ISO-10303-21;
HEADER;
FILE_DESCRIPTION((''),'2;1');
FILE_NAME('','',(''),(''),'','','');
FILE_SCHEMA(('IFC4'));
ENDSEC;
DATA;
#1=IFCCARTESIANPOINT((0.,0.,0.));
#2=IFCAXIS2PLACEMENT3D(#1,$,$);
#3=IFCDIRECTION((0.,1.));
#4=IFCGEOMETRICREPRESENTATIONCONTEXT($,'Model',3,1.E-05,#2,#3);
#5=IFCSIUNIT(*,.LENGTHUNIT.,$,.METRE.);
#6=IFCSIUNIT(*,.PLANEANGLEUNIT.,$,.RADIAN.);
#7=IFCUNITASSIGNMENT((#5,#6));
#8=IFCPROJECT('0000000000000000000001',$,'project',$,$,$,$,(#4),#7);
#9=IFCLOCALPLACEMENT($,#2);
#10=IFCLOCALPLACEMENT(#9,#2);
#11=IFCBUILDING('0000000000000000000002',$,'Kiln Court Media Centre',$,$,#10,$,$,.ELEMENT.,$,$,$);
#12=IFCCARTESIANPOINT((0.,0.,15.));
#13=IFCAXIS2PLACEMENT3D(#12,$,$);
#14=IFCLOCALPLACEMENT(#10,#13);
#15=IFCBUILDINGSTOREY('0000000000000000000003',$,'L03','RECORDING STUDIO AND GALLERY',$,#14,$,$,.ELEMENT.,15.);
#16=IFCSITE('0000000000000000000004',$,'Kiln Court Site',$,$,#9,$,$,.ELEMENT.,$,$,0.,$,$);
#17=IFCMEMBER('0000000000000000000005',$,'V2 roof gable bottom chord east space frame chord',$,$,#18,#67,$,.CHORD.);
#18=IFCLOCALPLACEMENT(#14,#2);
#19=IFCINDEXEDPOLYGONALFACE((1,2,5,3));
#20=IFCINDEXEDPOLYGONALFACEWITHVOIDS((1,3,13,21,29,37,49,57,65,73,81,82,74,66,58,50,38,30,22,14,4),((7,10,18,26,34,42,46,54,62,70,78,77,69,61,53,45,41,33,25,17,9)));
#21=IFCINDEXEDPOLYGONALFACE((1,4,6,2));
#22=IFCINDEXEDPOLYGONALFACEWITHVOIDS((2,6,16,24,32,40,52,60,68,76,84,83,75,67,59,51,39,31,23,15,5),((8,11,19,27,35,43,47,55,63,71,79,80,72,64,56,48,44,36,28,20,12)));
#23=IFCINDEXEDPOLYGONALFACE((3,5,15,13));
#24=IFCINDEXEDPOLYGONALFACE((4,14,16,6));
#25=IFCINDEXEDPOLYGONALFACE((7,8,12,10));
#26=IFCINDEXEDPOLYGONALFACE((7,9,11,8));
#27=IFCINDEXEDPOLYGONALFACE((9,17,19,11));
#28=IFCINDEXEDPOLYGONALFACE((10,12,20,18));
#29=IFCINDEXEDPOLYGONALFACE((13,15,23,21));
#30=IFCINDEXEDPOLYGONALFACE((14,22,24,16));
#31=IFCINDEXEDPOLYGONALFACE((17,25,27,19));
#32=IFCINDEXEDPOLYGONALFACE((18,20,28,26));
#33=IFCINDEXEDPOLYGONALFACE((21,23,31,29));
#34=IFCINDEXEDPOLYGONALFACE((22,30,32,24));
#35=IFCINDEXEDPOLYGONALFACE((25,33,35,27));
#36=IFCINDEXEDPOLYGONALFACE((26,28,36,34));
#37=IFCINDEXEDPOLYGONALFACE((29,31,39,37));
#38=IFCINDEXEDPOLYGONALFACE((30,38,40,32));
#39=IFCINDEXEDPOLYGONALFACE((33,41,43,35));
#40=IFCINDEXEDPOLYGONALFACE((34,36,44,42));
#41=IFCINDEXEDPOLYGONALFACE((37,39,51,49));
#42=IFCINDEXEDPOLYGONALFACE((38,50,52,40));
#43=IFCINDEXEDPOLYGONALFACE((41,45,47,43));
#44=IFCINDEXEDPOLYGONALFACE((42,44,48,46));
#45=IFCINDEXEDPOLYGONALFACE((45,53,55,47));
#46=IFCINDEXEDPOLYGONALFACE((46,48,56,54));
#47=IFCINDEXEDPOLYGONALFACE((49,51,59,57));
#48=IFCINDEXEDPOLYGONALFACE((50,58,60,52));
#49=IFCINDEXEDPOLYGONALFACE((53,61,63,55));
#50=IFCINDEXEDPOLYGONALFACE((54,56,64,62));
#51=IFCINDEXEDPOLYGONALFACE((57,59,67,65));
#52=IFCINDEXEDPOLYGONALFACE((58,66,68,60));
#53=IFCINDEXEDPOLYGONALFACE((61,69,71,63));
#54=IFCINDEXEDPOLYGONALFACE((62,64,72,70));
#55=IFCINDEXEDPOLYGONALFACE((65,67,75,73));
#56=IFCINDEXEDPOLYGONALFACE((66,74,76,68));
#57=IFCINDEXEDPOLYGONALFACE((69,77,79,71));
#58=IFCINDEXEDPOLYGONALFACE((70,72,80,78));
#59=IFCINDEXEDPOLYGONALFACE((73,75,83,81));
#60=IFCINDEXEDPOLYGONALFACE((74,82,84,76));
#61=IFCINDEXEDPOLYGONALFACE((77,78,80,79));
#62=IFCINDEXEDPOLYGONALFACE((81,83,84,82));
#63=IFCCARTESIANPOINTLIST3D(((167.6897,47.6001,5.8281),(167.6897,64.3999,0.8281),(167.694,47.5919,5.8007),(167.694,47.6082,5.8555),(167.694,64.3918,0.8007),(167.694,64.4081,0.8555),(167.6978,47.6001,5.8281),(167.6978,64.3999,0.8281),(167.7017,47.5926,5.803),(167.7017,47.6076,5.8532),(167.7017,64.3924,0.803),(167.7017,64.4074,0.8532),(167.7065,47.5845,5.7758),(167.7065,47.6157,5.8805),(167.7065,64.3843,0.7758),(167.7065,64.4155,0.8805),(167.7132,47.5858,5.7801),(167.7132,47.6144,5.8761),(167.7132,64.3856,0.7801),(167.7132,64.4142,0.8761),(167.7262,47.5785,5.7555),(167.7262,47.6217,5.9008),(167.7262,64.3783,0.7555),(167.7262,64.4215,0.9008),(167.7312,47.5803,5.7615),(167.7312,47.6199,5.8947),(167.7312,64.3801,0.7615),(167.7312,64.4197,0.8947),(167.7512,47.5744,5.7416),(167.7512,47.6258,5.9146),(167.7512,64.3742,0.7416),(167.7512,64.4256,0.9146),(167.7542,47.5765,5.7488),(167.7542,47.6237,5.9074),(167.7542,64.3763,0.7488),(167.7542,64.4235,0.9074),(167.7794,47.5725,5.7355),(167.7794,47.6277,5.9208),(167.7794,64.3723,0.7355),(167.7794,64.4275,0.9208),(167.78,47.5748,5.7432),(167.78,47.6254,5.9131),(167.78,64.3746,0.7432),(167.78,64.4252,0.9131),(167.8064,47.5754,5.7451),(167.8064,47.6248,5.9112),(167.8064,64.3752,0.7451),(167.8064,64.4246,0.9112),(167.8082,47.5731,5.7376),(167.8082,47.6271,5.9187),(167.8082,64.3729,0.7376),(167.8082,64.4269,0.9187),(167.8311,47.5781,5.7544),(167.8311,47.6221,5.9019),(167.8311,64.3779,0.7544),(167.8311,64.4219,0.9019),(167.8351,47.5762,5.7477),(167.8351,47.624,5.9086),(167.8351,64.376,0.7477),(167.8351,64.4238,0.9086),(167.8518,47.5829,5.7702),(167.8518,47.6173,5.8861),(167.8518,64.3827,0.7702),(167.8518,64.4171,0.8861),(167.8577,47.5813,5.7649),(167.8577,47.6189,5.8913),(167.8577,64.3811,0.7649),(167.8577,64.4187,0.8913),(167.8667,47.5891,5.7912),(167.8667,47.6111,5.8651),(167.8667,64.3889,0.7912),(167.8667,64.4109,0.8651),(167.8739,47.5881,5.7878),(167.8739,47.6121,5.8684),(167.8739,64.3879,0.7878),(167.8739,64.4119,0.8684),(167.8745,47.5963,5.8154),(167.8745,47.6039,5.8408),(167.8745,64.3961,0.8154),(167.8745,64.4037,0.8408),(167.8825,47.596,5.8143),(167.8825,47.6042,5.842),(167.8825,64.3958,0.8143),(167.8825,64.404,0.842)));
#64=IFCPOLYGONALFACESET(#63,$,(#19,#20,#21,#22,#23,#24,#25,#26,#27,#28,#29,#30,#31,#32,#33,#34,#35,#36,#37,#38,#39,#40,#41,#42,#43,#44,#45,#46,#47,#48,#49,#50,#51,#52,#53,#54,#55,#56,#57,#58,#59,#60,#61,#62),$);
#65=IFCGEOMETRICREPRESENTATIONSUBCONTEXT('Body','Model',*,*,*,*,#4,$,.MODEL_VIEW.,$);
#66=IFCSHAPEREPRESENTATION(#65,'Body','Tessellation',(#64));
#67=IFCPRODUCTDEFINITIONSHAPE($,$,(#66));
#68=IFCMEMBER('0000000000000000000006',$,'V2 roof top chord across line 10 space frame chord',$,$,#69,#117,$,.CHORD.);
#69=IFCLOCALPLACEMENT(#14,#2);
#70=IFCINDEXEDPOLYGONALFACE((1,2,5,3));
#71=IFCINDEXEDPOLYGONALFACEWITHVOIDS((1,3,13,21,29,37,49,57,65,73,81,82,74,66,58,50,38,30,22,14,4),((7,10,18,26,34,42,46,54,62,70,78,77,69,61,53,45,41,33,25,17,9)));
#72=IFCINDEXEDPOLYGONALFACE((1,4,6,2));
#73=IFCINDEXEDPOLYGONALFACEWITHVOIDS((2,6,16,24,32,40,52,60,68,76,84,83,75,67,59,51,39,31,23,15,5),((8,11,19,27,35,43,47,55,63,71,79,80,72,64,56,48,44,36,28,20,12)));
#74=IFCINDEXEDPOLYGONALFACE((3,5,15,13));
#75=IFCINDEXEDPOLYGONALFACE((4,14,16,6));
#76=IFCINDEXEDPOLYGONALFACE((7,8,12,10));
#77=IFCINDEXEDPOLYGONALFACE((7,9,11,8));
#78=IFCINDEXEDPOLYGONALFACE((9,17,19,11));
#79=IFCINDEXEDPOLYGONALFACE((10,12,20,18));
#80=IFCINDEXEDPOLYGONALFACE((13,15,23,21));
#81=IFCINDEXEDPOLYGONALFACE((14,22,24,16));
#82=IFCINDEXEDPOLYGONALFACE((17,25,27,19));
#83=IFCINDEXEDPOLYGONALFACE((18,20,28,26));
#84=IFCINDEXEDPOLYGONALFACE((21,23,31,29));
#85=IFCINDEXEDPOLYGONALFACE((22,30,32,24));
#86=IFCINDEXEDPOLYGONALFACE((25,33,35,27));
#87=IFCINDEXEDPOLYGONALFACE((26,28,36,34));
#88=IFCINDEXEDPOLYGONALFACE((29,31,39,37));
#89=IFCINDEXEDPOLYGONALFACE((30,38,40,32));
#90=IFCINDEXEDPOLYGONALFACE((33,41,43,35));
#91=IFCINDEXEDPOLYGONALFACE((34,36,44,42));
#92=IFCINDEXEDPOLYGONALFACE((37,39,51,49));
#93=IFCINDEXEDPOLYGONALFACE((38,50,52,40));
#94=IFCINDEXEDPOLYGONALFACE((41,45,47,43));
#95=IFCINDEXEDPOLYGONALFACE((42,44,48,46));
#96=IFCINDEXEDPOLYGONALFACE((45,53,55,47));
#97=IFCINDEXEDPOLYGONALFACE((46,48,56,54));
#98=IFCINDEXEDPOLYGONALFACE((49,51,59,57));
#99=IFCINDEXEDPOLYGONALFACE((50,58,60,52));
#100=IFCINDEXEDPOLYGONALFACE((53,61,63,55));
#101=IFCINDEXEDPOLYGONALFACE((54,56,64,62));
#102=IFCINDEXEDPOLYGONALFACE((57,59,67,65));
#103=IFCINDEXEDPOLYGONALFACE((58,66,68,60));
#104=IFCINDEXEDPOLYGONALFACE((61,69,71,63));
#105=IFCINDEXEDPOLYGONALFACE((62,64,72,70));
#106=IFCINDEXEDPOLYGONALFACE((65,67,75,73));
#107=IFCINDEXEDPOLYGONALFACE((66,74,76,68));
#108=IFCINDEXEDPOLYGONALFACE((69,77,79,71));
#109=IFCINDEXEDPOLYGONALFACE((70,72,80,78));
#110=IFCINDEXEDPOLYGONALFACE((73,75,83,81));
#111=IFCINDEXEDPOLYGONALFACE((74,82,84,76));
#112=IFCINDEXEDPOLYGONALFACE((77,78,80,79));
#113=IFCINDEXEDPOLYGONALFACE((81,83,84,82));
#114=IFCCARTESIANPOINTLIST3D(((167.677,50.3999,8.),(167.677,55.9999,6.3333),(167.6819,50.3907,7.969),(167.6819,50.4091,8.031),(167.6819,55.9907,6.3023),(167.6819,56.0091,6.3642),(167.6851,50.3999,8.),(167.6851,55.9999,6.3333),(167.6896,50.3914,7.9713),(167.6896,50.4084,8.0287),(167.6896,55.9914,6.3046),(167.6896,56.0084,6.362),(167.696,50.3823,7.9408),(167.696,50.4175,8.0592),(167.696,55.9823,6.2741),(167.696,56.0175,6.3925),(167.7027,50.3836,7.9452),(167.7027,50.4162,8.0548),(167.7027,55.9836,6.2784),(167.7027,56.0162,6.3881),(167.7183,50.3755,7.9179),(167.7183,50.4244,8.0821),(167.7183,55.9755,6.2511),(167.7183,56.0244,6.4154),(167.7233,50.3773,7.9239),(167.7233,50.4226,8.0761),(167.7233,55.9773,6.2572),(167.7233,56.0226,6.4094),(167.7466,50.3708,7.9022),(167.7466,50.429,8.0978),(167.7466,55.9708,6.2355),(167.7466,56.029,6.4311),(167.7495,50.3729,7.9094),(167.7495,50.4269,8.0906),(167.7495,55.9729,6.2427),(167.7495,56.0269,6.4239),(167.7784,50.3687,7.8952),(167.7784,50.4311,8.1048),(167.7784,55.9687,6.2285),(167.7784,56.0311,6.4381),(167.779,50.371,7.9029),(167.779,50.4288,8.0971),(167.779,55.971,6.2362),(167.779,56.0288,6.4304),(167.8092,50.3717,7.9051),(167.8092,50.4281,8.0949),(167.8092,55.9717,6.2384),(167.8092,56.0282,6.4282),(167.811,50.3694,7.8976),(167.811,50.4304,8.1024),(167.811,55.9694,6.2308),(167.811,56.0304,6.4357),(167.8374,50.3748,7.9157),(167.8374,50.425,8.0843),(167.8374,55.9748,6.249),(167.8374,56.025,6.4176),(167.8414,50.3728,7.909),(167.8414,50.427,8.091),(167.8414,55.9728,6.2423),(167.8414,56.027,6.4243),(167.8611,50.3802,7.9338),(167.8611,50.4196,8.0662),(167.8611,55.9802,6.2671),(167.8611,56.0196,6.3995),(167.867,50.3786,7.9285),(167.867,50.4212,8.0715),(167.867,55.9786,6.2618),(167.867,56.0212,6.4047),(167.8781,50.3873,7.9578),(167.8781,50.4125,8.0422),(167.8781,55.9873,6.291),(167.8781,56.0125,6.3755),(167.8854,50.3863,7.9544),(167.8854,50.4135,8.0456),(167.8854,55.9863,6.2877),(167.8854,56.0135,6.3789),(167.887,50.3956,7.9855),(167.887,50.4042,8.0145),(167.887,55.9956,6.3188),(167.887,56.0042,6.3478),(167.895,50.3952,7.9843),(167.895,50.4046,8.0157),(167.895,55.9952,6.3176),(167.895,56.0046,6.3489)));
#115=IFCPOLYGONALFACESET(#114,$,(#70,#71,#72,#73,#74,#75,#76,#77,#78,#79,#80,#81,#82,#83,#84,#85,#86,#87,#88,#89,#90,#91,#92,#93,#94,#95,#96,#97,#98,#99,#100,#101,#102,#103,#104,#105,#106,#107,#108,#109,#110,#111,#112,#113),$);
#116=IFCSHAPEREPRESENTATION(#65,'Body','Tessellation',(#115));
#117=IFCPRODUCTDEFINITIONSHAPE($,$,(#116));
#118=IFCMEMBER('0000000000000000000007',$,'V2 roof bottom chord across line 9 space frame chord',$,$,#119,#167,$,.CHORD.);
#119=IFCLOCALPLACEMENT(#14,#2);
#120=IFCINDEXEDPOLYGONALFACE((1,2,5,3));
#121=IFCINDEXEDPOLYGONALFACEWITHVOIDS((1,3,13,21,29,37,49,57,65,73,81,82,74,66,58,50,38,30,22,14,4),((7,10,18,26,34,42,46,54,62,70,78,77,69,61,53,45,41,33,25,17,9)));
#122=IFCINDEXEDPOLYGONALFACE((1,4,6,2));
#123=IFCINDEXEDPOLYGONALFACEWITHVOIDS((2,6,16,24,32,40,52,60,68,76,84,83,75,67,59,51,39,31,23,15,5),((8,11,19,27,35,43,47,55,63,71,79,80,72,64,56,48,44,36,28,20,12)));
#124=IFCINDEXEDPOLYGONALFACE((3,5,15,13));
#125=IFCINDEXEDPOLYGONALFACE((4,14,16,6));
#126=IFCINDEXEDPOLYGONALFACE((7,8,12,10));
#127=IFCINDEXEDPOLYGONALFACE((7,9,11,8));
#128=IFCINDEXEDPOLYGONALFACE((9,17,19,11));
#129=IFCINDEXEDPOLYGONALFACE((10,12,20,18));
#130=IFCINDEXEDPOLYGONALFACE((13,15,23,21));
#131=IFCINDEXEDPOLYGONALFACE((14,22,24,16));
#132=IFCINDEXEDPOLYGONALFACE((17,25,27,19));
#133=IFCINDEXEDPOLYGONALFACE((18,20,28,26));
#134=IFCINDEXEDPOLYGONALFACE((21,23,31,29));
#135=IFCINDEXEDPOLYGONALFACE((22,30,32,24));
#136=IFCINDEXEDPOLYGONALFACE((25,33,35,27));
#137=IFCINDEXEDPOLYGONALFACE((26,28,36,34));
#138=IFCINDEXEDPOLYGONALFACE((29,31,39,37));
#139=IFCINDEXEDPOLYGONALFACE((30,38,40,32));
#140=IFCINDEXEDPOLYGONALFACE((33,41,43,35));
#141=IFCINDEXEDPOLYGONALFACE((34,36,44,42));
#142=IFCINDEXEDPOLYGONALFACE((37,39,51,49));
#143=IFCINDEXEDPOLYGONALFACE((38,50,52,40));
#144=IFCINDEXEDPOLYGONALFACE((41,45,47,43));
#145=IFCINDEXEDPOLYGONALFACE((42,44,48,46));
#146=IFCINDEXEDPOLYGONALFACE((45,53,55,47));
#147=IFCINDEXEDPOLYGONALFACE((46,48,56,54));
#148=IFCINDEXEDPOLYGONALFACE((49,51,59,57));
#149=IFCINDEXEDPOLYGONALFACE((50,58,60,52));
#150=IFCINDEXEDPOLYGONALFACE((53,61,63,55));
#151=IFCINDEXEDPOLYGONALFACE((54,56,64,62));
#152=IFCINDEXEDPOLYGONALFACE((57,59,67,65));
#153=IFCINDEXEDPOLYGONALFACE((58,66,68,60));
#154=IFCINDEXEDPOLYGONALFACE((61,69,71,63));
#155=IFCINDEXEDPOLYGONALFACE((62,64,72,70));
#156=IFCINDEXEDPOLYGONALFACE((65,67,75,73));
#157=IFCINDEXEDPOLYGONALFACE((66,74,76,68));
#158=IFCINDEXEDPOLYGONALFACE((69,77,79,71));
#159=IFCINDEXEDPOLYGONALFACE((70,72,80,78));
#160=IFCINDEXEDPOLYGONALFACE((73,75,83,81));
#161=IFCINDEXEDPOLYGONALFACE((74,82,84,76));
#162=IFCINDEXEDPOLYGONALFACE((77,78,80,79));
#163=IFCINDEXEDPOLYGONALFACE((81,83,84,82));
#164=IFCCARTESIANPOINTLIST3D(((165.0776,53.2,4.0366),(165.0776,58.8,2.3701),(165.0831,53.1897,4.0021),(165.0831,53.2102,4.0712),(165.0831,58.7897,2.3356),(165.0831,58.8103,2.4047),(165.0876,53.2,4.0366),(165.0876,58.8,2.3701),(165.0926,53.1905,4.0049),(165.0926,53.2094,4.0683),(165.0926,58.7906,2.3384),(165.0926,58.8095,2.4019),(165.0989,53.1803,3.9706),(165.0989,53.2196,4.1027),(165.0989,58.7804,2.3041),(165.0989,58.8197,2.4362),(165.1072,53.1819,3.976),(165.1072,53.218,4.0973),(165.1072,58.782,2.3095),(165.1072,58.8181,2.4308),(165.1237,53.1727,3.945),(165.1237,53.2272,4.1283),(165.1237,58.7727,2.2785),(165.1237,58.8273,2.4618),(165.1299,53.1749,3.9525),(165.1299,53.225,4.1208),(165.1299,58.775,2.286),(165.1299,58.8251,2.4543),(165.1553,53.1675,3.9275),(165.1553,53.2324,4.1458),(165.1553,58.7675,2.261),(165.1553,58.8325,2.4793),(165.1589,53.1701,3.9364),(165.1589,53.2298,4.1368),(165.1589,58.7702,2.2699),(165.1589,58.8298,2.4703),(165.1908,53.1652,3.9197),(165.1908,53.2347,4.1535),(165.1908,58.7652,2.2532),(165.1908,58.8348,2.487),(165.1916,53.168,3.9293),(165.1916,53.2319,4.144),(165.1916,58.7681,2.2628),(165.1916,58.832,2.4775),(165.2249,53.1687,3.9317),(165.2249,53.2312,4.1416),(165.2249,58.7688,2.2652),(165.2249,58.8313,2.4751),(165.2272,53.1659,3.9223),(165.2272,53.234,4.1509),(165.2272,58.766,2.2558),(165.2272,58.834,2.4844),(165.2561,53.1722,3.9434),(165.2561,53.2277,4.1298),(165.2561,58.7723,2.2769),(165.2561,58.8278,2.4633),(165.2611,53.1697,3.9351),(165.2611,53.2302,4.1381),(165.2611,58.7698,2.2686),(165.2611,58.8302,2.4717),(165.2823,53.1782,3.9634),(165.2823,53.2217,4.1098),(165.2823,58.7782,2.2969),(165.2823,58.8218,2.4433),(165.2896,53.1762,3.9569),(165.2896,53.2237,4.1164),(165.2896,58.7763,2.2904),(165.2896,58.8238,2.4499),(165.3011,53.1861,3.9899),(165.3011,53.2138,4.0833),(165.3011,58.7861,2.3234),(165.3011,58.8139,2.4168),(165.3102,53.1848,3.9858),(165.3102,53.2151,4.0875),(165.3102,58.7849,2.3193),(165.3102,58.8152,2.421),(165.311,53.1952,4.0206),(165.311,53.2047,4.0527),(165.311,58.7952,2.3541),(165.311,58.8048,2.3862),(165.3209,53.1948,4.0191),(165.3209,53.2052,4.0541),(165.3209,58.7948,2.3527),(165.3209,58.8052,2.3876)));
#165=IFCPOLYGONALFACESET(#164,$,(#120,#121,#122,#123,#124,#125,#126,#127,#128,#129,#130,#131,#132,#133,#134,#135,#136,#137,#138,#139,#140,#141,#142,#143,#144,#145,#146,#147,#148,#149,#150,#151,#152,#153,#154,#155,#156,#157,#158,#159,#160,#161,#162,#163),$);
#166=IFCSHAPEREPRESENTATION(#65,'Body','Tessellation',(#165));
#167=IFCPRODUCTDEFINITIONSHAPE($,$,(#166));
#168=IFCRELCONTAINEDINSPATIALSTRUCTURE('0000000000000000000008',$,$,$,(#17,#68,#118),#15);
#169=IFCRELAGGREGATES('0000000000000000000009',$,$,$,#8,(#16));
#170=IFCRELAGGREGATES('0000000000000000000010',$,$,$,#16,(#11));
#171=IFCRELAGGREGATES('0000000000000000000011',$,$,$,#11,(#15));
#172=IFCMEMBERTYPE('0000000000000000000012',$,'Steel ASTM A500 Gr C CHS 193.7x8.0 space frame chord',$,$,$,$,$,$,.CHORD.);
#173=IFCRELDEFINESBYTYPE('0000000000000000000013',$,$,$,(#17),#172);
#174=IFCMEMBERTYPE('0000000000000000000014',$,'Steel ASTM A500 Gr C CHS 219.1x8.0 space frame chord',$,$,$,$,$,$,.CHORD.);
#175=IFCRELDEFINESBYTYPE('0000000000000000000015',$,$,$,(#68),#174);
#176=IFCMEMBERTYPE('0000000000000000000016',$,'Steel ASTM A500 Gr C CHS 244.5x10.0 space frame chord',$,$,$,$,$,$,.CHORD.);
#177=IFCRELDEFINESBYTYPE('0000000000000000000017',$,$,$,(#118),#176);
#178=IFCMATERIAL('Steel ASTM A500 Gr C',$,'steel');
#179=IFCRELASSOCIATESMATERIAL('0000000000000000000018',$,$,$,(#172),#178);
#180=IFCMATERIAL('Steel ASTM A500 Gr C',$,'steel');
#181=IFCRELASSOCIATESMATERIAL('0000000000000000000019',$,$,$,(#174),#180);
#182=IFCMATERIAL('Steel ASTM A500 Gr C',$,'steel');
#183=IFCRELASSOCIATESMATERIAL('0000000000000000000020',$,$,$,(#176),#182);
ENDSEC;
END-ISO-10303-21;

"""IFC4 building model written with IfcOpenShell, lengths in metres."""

from ifc_helpers import new_model, si_unit, direction, frame, origin, origin_2d, place, context, subcontext, project, spatial, hollow_circle, extrude, material, material_profile, profile_set, type_object, element, save


model = new_model("IFC4")

# Units and contexts
model_context = context("Model", 3, precision=1e-05, world=origin(), true_north=direction((0.0, 1.0)))
body_context = subcontext(model_context, "Body", "Model", "MODEL_VIEW")
ifc_project = project(units=[si_unit("LENGTHUNIT", "METRE"), si_unit("PLANEANGLEUNIT", "RADIAN")], contexts=[model_context])

# Site, building, storey
site_placement = place(None, origin())
site = spatial("IfcSite", under=ifc_project, at=site_placement, Name="Kiln Court Site", CompositionType="ELEMENT", RefElevation=0.0)
building_placement = place(site_placement, origin())
building = spatial("IfcBuilding", under=site, at=building_placement, Name="Kiln Court Media Centre", CompositionType="ELEMENT")
storey_placement = place(building_placement, frame((0.0, 0.0, 15.0)))
storey = spatial("IfcBuildingStorey", under=building, at=storey_placement, Name="L03", Description="RECORDING STUDIO AND GALLERY", CompositionType="ELEMENT", Elevation=15.0)

# Members
ifc_material_1 = material(Name="Steel ASTM A500 Gr C", Category="steel")
ifc_material_profile_1 = material_profile(ifc_material_1, hollow_circle(Radius=0.0969, WallThickness=0.0081, at=origin_2d()), Name="CHS 193.7x8.0")
ifc_profile_set_1 = profile_set([ifc_material_profile_1], Name="Steel ASTM A500 Gr C")
member_type_1 = type_object("IfcMemberType", Name="Steel ASTM A500 Gr C CHS 193.7x8.0 space frame chord", PredefinedType="CHORD", material=ifc_profile_set_1)
member_1_placement = place(storey_placement, frame((167.7866, 47.6001, 5.8281), z_axis=(0.0, 0.958451, -0.285257), x_axis=(-1.0, 0.0, 0.0)))
element("IfcMember", 1, at=member_1_placement, inside=storey, type_object=member_type_1, Name="V2 roof gable bottom chord east space frame chord", PredefinedType="CHORD", context=body_context, shape_type="SweptSolid", body=[
    extrude(hollow_circle(Radius=0.0969, WallThickness=0.0081, at=origin_2d()), origin(), (0.0, 0.0, 1.0), 17.5281),
])
ifc_material_2 = material(Name="Steel ASTM A500 Gr C", Category="steel")
ifc_material_profile_2 = material_profile(ifc_material_2, hollow_circle(Radius=0.1096, WallThickness=0.0081, at=origin_2d()), Name="CHS 219.1x8.0")
ifc_profile_set_2 = profile_set([ifc_material_profile_2], Name="Steel ASTM A500 Gr C")
member_type_2 = type_object("IfcMemberType", Name="Steel ASTM A500 Gr C CHS 219.1x8.0 space frame chord", PredefinedType="CHORD", material=ifc_profile_set_2)
member_2_placement = place(storey_placement, frame((167.7866, 50.3999, 8.0), z_axis=(0.0, 0.95845, -0.285262), x_axis=(-1.0, 0.0, 0.0)))
element("IfcMember", 2, at=member_2_placement, inside=storey, type_object=member_type_2, Name="V2 roof top chord across line 10 space frame chord", PredefinedType="CHORD", context=body_context, shape_type="SweptSolid", body=[
    extrude(hollow_circle(Radius=0.1096, WallThickness=0.0081, at=origin_2d()), origin(), (0.0, 0.0, 1.0), 5.8428),
])
ifc_material_3 = material(Name="Steel ASTM A500 Gr C", Category="steel")
ifc_material_profile_3 = material_profile(ifc_material_3, hollow_circle(Radius=0.1223, WallThickness=0.01, at=origin_2d()), Name="CHS 244.5x10.0")
ifc_profile_set_3 = profile_set([ifc_material_profile_3], Name="Steel ASTM A500 Gr C")
member_type_3 = type_object("IfcMemberType", Name="Steel ASTM A500 Gr C CHS 244.5x10.0 space frame chord", PredefinedType="CHORD", material=ifc_profile_set_3)
member_3_placement = place(storey_placement, frame((165.2, 53.2, 4.0366), z_axis=(0.0, 0.958461, -0.285223), x_axis=(-1.0, 0.0, 0.0)))
element("IfcMember", 3, at=member_3_placement, inside=storey, type_object=member_type_3, Name="V2 roof bottom chord across line 9 space frame chord", PredefinedType="CHORD", context=body_context, shape_type="SweptSolid", body=[
    extrude(hollow_circle(Radius=0.1223, WallThickness=0.01, at=origin_2d()), origin(), (0.0, 0.0, 1.0), 5.8428),
])

save(model, "model.ifc")
